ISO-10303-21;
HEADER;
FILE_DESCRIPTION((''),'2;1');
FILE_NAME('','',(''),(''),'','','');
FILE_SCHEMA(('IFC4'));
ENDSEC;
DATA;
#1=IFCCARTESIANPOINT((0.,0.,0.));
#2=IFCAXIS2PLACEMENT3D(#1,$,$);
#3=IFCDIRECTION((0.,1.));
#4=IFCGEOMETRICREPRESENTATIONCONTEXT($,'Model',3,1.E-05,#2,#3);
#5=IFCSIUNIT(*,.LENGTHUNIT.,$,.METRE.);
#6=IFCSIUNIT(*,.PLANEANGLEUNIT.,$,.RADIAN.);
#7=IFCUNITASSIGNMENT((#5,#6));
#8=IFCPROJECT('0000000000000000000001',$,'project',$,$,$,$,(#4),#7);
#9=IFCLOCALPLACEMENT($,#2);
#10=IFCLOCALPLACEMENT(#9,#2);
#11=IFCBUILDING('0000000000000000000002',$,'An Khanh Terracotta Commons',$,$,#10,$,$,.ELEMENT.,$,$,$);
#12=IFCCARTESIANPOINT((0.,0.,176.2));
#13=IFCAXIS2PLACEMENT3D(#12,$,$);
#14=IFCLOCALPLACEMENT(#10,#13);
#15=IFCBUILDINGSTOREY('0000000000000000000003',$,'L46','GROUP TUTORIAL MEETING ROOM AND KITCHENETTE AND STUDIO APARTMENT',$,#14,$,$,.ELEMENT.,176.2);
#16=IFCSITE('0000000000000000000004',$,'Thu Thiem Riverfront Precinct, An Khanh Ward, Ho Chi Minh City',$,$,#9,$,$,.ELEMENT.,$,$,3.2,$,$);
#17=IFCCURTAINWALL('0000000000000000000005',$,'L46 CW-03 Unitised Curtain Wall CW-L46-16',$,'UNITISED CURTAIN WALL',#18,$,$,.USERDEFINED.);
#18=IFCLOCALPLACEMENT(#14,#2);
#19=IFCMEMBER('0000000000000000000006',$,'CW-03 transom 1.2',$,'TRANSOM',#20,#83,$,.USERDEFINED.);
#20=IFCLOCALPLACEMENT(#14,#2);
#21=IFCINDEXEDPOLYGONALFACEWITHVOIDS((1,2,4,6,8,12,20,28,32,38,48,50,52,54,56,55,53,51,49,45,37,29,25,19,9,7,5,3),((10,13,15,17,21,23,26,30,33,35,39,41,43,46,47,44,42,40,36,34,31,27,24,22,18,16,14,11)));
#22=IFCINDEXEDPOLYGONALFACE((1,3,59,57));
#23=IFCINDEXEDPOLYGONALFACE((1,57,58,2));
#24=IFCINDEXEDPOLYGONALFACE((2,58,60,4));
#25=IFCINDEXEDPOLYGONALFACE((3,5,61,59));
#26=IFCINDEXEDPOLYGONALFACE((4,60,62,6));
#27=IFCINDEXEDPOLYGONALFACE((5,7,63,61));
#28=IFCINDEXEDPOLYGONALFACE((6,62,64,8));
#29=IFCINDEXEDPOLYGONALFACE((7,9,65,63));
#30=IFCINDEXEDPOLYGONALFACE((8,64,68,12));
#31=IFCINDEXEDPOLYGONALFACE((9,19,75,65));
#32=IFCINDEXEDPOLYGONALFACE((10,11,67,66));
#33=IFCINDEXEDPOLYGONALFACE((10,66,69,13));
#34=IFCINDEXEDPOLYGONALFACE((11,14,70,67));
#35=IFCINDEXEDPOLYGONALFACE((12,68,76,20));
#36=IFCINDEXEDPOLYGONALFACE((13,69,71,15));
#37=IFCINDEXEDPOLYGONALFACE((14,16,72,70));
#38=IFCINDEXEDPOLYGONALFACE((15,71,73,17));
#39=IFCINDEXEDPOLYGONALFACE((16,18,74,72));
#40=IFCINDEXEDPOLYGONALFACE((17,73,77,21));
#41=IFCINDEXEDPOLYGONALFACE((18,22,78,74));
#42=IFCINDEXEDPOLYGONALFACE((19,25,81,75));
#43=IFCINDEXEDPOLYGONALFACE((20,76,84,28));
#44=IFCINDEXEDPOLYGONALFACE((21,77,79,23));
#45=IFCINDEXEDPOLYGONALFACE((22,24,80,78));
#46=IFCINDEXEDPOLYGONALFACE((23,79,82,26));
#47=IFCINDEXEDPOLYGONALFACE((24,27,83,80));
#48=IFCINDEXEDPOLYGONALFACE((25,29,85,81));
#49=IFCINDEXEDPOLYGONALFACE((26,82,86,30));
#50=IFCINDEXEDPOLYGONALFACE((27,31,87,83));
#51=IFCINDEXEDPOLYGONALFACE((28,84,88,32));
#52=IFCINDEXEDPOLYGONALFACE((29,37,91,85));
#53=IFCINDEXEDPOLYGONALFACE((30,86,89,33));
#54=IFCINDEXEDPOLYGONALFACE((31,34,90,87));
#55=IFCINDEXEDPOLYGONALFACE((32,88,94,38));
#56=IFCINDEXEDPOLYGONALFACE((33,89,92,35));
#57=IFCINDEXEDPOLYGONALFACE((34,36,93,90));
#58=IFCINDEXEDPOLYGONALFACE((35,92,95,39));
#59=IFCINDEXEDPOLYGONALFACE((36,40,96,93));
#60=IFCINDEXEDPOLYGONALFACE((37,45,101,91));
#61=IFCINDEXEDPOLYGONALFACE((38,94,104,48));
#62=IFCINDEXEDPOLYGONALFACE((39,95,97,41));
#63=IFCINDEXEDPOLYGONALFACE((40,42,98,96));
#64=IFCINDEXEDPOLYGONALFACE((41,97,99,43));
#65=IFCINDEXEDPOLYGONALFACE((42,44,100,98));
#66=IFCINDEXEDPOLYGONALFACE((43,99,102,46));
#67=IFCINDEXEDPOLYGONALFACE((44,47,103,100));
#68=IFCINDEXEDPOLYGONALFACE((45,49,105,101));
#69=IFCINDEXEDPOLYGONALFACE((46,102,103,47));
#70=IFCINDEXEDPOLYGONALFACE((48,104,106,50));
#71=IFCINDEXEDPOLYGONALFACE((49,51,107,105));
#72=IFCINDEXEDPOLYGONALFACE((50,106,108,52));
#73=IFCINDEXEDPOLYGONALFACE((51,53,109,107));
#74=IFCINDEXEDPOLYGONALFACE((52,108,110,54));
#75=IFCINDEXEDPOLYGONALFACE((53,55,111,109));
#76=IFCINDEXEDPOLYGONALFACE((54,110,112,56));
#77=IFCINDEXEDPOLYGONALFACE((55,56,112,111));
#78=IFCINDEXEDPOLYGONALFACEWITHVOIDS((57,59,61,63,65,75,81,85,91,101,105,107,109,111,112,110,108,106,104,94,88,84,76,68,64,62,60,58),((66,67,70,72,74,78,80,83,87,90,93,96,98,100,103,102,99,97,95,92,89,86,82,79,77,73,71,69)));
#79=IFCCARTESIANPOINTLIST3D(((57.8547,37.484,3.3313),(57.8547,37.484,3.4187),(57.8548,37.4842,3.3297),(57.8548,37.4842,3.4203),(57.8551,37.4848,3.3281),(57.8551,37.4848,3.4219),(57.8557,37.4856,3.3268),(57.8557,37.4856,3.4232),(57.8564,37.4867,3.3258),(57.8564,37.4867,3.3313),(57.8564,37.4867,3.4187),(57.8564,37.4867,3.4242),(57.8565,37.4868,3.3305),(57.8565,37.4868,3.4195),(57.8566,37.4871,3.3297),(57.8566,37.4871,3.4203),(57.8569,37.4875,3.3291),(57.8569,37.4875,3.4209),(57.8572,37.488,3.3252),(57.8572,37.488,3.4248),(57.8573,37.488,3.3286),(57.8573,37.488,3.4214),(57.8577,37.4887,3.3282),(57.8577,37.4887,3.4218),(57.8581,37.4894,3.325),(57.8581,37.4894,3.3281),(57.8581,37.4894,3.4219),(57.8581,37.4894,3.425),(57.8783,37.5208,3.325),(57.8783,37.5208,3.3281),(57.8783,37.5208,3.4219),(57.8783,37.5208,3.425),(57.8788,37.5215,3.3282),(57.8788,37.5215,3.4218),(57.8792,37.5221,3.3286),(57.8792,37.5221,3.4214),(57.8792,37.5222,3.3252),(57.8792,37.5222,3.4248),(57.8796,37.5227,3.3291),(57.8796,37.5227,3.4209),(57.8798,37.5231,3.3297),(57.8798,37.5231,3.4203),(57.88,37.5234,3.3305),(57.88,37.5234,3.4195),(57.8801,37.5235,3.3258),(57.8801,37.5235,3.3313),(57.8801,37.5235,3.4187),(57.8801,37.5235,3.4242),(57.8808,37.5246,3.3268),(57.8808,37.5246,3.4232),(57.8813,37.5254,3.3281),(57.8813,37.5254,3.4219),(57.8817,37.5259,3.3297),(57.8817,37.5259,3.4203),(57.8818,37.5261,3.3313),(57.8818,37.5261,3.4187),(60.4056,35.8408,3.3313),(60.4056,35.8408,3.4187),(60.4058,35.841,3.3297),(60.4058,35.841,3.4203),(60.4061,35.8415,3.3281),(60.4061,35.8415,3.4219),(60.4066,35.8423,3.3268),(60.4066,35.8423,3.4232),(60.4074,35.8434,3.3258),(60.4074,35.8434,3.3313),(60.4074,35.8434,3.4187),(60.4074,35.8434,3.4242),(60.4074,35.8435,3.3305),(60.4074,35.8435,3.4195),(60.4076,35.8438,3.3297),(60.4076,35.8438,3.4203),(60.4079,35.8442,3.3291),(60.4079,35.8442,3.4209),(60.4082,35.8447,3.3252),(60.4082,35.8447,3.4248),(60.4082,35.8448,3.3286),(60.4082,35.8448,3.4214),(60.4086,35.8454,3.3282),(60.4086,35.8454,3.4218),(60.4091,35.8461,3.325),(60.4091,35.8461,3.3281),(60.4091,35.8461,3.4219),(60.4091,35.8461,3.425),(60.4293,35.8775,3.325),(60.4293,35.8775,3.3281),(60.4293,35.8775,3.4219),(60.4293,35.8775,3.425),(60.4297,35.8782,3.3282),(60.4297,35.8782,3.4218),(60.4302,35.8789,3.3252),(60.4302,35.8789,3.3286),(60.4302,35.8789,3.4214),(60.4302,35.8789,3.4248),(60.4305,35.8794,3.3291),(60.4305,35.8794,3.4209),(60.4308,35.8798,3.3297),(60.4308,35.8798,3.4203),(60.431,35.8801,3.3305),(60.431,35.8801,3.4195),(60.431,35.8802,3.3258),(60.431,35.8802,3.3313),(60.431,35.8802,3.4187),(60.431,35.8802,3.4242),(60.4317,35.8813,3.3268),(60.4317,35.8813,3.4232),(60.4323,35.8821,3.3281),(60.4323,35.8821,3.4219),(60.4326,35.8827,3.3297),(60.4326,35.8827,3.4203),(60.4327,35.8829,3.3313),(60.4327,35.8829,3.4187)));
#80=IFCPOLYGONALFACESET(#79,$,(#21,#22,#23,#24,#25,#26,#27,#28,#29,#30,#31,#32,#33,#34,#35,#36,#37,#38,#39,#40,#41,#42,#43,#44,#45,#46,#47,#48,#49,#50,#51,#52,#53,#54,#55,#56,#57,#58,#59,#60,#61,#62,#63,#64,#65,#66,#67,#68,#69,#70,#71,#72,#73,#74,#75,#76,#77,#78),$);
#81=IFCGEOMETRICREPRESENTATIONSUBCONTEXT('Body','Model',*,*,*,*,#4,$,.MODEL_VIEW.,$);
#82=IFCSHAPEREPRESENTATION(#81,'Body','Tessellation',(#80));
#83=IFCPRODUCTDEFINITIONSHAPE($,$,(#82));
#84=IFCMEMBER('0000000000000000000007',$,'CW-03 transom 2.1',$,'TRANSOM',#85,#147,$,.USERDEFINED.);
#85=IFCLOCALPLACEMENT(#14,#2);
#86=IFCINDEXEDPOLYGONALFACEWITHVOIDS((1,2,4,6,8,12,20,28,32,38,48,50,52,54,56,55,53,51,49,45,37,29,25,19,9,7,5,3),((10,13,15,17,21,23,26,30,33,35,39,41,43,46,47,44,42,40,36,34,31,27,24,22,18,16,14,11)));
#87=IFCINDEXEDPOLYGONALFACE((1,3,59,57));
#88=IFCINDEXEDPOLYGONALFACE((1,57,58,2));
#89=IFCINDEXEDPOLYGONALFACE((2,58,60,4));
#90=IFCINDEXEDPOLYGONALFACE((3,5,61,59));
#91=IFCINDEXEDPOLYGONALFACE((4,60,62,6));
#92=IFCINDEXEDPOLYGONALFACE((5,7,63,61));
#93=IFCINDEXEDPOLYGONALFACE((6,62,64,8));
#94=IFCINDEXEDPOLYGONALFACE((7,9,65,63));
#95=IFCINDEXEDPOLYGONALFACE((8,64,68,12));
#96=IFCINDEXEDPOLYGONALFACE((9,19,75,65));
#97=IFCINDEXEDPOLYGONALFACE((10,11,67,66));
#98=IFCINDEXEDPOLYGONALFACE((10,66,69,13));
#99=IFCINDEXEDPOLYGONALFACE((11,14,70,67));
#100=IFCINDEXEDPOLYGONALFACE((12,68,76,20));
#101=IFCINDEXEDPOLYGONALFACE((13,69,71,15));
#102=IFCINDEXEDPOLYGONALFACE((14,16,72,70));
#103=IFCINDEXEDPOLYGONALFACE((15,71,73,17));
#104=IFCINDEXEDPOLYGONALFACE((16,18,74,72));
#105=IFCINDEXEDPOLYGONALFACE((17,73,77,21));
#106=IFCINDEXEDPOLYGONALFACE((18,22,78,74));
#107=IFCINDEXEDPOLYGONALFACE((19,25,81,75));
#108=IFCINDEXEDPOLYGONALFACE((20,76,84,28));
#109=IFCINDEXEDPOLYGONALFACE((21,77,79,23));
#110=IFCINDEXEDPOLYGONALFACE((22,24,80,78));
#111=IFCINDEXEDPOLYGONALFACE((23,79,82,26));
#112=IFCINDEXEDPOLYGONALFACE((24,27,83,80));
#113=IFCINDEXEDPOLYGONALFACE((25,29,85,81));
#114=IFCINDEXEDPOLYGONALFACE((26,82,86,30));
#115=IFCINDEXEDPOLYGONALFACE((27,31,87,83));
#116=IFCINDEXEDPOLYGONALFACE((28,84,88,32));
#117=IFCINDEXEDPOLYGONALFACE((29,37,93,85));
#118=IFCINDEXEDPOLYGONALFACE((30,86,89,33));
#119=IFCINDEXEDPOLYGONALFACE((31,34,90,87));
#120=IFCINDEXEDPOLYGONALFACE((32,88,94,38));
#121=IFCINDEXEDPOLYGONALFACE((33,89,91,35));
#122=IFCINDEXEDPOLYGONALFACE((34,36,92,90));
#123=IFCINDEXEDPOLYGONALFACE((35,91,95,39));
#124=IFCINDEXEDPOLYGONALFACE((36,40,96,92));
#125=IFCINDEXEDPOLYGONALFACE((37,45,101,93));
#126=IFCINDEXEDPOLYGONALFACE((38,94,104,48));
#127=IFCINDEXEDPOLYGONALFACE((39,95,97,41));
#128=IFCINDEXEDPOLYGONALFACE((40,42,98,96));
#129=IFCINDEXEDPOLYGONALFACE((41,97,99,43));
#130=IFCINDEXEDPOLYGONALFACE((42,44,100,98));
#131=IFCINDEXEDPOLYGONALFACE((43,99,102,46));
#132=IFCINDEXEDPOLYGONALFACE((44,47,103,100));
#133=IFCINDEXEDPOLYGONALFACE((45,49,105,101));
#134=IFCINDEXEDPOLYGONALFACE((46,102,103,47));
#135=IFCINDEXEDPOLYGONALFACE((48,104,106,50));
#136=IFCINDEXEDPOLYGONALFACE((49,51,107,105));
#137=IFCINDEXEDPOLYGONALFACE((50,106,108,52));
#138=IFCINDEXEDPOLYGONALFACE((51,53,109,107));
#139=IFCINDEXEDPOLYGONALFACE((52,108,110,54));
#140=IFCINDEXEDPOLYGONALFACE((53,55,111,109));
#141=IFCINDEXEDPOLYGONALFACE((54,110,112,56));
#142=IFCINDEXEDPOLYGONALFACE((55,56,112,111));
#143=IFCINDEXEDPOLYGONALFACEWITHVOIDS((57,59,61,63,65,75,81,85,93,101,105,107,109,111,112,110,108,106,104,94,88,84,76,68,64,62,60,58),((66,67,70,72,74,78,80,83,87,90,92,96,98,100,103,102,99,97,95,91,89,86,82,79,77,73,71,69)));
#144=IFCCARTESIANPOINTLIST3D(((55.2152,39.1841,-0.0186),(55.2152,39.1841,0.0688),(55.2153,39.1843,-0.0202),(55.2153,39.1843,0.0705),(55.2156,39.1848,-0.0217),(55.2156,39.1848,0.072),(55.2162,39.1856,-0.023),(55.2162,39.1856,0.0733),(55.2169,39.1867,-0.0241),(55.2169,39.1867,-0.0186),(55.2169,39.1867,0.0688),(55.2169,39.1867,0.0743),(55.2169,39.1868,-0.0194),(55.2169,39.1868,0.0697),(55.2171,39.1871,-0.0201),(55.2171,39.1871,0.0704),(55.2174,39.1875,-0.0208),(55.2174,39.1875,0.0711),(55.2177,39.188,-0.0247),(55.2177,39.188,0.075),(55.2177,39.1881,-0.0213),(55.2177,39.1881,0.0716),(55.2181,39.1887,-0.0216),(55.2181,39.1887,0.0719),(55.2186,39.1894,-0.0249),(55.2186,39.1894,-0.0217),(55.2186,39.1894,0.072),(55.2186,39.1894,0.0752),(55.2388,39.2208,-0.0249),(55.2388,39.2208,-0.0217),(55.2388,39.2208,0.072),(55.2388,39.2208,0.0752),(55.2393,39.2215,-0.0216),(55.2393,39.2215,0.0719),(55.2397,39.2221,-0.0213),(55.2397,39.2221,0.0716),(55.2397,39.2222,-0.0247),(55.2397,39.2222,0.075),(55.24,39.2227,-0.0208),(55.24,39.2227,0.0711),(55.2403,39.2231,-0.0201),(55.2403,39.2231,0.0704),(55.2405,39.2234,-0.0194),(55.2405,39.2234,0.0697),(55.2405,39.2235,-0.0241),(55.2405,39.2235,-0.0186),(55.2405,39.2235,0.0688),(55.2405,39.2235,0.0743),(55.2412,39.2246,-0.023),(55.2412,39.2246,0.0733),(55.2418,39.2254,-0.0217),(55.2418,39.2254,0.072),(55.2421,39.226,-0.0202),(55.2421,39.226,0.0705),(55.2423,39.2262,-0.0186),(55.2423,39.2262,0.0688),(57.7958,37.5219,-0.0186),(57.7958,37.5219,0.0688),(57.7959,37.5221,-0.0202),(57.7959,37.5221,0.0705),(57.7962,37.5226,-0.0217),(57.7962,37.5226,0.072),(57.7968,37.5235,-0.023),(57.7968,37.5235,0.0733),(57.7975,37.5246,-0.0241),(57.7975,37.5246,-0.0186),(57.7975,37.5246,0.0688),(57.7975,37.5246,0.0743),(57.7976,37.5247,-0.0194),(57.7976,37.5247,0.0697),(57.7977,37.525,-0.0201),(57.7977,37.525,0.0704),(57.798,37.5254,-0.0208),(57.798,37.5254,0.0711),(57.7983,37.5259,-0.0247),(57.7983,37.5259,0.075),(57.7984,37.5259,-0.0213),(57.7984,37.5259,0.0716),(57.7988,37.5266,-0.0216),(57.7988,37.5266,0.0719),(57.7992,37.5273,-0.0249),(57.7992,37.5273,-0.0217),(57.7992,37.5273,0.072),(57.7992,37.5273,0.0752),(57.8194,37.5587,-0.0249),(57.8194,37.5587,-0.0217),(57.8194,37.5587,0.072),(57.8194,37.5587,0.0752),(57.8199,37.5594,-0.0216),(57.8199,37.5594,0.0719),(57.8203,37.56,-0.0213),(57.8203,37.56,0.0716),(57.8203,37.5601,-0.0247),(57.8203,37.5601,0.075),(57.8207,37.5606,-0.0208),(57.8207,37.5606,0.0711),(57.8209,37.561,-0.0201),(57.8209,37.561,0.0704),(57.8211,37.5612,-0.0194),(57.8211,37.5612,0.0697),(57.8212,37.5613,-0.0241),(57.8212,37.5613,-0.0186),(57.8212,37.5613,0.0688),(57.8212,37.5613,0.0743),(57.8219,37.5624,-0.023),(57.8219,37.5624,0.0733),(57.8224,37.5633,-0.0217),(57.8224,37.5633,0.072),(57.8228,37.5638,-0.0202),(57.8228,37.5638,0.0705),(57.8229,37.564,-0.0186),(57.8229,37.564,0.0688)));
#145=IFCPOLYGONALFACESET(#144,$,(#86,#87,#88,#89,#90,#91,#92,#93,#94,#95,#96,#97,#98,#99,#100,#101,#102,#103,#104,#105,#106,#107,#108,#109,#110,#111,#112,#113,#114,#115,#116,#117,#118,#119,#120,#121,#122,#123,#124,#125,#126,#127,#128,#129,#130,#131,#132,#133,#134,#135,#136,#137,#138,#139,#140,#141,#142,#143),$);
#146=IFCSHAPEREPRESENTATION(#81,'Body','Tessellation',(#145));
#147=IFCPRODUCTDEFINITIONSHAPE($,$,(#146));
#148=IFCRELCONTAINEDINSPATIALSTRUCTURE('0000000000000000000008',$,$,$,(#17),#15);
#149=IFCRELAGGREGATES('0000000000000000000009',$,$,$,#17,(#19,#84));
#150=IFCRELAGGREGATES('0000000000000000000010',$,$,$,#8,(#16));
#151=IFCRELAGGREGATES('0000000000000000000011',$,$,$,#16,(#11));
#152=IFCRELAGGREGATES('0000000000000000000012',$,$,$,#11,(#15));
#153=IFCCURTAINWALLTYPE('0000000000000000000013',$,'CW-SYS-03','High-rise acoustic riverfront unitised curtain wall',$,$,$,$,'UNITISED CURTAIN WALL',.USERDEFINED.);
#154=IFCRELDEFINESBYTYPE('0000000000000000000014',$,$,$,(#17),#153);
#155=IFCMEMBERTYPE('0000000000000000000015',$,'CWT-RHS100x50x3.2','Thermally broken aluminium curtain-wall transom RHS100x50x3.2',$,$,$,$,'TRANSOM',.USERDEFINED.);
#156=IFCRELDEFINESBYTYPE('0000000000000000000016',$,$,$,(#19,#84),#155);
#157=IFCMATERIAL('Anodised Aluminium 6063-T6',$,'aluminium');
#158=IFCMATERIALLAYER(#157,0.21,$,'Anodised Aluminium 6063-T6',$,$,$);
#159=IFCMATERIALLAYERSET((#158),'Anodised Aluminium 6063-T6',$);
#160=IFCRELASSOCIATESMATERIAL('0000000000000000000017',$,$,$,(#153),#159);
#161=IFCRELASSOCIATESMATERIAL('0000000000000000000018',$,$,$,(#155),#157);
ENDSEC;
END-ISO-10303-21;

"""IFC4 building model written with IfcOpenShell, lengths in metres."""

from ifc_helpers import new_model, si_unit, direction, frame, origin, origin_2d, place, context, subcontext, project, spatial, hollow_rectangle, extrude, material, layer, layer_set, material_profile, profile_set, type_object, element, aggregate, save


model = new_model("IFC4")

# Units and contexts
model_context = context("Model", 3, precision=1e-05, world=origin(), true_north=direction((0.0, 1.0)))
body_context = subcontext(model_context, "Body", "Model", "MODEL_VIEW")
ifc_project = project(units=[si_unit("LENGTHUNIT", "METRE"), si_unit("PLANEANGLEUNIT", "RADIAN")], contexts=[model_context])

# Site, building, storey
site_placement = place(None, origin())
site = spatial("IfcSite", under=ifc_project, at=site_placement, Name="Thu Thiem Riverfront Precinct, An Khanh Ward, Ho Chi Minh City", CompositionType="ELEMENT", RefElevation=3.2)
building_placement = place(site_placement, origin())
building = spatial("IfcBuilding", under=site, at=building_placement, Name="An Khanh Terracotta Commons", CompositionType="ELEMENT")
storey_placement = place(building_placement, frame((0.0, 0.0, 176.2)))
storey = spatial("IfcBuildingStorey", under=building, at=storey_placement, Name="L46", Description="GROUP TUTORIAL MEETING ROOM AND KITCHENETTE AND STUDIO APARTMENT", CompositionType="ELEMENT", Elevation=176.2)

# Curtain wall
ifc_material_1 = material(Name="Anodised Aluminium 6063-T6", Category="aluminium")
ifc_layer_1 = layer(ifc_material_1, 0.21, Name="Anodised Aluminium 6063-T6")
ifc_layer_set_1 = layer_set([ifc_layer_1], Name="Anodised Aluminium 6063-T6")
curtain_wall_type = type_object("IfcCurtainWallType", Name="CW-SYS-03", Description="High-rise acoustic riverfront unitised curtain wall", ElementType="UNITISED CURTAIN WALL", PredefinedType="USERDEFINED", material=ifc_layer_set_1)
curtain_wall_1_placement = place(storey_placement, origin())
curtain_wall_1 = element("IfcCurtainWall", 1, at=curtain_wall_1_placement, inside=storey, type_object=curtain_wall_type, Name="L46 CW-03 Unitised Curtain Wall CW-L46-16", ObjectType="UNITISED CURTAIN WALL", PredefinedType="USERDEFINED")

# Members
ifc_material_profile_1 = material_profile(ifc_material_1, hollow_rectangle(XDim=0.05, YDim=0.1001, WallThickness=0.0032, InnerFilletRadius=0.0032, OuterFilletRadius=0.0063, at=origin_2d()), Name="RHS100x50x3.2")
ifc_profile_set_1 = profile_set([ifc_material_profile_1], Name="Anodised Aluminium 6063-T6")
member_type_1 = type_object("IfcMemberType", Name="CWT-RHS100x50x3.2", Description="Thermally broken aluminium curtain-wall transom RHS100x50x3.2", ElementType="TRANSOM", PredefinedType="USERDEFINED", material=ifc_profile_set_1)
member_1_placement = place(storey_placement, frame((60.4192, 35.8618, 3.375), z_axis=(-0.840674, 0.541542, 0.0), x_axis=(-0.541542, -0.840674, 0.0)))
member_1 = element("IfcMember", 2, at=member_1_placement, type_object=member_type_1, Name="CW-03 transom 1.2", ObjectType="TRANSOM", PredefinedType="USERDEFINED", context=body_context, shape_type="SweptSolid", body=[
    extrude(hollow_rectangle(XDim=0.05, YDim=0.1001, WallThickness=0.0032, InnerFilletRadius=0.0032, OuterFilletRadius=0.0063, at=origin_2d()), origin(), (0.0, 0.0, 1.0), 3.0344),
])
member_2_placement = place(storey_placement, frame((57.8093, 37.543, 0.0251), z_axis=(-0.840708, 0.541489, 0.0), x_axis=(-0.541489, -0.840708, 0.0)))
member_2 = element("IfcMember", 3, at=member_2_placement, type_object=member_type_1, Name="CW-03 transom 2.1", ObjectType="TRANSOM", PredefinedType="USERDEFINED", context=body_context, shape_type="SweptSolid", body=[
    extrude(hollow_rectangle(XDim=0.05, YDim=0.1001, WallThickness=0.0032, InnerFilletRadius=0.0032, OuterFilletRadius=0.0063, at=origin_2d()), origin(), (0.0, 0.0, 1.0), 3.0696),
])

aggregate(curtain_wall_1, [member_1, member_2])

save(model, "model.ifc")
